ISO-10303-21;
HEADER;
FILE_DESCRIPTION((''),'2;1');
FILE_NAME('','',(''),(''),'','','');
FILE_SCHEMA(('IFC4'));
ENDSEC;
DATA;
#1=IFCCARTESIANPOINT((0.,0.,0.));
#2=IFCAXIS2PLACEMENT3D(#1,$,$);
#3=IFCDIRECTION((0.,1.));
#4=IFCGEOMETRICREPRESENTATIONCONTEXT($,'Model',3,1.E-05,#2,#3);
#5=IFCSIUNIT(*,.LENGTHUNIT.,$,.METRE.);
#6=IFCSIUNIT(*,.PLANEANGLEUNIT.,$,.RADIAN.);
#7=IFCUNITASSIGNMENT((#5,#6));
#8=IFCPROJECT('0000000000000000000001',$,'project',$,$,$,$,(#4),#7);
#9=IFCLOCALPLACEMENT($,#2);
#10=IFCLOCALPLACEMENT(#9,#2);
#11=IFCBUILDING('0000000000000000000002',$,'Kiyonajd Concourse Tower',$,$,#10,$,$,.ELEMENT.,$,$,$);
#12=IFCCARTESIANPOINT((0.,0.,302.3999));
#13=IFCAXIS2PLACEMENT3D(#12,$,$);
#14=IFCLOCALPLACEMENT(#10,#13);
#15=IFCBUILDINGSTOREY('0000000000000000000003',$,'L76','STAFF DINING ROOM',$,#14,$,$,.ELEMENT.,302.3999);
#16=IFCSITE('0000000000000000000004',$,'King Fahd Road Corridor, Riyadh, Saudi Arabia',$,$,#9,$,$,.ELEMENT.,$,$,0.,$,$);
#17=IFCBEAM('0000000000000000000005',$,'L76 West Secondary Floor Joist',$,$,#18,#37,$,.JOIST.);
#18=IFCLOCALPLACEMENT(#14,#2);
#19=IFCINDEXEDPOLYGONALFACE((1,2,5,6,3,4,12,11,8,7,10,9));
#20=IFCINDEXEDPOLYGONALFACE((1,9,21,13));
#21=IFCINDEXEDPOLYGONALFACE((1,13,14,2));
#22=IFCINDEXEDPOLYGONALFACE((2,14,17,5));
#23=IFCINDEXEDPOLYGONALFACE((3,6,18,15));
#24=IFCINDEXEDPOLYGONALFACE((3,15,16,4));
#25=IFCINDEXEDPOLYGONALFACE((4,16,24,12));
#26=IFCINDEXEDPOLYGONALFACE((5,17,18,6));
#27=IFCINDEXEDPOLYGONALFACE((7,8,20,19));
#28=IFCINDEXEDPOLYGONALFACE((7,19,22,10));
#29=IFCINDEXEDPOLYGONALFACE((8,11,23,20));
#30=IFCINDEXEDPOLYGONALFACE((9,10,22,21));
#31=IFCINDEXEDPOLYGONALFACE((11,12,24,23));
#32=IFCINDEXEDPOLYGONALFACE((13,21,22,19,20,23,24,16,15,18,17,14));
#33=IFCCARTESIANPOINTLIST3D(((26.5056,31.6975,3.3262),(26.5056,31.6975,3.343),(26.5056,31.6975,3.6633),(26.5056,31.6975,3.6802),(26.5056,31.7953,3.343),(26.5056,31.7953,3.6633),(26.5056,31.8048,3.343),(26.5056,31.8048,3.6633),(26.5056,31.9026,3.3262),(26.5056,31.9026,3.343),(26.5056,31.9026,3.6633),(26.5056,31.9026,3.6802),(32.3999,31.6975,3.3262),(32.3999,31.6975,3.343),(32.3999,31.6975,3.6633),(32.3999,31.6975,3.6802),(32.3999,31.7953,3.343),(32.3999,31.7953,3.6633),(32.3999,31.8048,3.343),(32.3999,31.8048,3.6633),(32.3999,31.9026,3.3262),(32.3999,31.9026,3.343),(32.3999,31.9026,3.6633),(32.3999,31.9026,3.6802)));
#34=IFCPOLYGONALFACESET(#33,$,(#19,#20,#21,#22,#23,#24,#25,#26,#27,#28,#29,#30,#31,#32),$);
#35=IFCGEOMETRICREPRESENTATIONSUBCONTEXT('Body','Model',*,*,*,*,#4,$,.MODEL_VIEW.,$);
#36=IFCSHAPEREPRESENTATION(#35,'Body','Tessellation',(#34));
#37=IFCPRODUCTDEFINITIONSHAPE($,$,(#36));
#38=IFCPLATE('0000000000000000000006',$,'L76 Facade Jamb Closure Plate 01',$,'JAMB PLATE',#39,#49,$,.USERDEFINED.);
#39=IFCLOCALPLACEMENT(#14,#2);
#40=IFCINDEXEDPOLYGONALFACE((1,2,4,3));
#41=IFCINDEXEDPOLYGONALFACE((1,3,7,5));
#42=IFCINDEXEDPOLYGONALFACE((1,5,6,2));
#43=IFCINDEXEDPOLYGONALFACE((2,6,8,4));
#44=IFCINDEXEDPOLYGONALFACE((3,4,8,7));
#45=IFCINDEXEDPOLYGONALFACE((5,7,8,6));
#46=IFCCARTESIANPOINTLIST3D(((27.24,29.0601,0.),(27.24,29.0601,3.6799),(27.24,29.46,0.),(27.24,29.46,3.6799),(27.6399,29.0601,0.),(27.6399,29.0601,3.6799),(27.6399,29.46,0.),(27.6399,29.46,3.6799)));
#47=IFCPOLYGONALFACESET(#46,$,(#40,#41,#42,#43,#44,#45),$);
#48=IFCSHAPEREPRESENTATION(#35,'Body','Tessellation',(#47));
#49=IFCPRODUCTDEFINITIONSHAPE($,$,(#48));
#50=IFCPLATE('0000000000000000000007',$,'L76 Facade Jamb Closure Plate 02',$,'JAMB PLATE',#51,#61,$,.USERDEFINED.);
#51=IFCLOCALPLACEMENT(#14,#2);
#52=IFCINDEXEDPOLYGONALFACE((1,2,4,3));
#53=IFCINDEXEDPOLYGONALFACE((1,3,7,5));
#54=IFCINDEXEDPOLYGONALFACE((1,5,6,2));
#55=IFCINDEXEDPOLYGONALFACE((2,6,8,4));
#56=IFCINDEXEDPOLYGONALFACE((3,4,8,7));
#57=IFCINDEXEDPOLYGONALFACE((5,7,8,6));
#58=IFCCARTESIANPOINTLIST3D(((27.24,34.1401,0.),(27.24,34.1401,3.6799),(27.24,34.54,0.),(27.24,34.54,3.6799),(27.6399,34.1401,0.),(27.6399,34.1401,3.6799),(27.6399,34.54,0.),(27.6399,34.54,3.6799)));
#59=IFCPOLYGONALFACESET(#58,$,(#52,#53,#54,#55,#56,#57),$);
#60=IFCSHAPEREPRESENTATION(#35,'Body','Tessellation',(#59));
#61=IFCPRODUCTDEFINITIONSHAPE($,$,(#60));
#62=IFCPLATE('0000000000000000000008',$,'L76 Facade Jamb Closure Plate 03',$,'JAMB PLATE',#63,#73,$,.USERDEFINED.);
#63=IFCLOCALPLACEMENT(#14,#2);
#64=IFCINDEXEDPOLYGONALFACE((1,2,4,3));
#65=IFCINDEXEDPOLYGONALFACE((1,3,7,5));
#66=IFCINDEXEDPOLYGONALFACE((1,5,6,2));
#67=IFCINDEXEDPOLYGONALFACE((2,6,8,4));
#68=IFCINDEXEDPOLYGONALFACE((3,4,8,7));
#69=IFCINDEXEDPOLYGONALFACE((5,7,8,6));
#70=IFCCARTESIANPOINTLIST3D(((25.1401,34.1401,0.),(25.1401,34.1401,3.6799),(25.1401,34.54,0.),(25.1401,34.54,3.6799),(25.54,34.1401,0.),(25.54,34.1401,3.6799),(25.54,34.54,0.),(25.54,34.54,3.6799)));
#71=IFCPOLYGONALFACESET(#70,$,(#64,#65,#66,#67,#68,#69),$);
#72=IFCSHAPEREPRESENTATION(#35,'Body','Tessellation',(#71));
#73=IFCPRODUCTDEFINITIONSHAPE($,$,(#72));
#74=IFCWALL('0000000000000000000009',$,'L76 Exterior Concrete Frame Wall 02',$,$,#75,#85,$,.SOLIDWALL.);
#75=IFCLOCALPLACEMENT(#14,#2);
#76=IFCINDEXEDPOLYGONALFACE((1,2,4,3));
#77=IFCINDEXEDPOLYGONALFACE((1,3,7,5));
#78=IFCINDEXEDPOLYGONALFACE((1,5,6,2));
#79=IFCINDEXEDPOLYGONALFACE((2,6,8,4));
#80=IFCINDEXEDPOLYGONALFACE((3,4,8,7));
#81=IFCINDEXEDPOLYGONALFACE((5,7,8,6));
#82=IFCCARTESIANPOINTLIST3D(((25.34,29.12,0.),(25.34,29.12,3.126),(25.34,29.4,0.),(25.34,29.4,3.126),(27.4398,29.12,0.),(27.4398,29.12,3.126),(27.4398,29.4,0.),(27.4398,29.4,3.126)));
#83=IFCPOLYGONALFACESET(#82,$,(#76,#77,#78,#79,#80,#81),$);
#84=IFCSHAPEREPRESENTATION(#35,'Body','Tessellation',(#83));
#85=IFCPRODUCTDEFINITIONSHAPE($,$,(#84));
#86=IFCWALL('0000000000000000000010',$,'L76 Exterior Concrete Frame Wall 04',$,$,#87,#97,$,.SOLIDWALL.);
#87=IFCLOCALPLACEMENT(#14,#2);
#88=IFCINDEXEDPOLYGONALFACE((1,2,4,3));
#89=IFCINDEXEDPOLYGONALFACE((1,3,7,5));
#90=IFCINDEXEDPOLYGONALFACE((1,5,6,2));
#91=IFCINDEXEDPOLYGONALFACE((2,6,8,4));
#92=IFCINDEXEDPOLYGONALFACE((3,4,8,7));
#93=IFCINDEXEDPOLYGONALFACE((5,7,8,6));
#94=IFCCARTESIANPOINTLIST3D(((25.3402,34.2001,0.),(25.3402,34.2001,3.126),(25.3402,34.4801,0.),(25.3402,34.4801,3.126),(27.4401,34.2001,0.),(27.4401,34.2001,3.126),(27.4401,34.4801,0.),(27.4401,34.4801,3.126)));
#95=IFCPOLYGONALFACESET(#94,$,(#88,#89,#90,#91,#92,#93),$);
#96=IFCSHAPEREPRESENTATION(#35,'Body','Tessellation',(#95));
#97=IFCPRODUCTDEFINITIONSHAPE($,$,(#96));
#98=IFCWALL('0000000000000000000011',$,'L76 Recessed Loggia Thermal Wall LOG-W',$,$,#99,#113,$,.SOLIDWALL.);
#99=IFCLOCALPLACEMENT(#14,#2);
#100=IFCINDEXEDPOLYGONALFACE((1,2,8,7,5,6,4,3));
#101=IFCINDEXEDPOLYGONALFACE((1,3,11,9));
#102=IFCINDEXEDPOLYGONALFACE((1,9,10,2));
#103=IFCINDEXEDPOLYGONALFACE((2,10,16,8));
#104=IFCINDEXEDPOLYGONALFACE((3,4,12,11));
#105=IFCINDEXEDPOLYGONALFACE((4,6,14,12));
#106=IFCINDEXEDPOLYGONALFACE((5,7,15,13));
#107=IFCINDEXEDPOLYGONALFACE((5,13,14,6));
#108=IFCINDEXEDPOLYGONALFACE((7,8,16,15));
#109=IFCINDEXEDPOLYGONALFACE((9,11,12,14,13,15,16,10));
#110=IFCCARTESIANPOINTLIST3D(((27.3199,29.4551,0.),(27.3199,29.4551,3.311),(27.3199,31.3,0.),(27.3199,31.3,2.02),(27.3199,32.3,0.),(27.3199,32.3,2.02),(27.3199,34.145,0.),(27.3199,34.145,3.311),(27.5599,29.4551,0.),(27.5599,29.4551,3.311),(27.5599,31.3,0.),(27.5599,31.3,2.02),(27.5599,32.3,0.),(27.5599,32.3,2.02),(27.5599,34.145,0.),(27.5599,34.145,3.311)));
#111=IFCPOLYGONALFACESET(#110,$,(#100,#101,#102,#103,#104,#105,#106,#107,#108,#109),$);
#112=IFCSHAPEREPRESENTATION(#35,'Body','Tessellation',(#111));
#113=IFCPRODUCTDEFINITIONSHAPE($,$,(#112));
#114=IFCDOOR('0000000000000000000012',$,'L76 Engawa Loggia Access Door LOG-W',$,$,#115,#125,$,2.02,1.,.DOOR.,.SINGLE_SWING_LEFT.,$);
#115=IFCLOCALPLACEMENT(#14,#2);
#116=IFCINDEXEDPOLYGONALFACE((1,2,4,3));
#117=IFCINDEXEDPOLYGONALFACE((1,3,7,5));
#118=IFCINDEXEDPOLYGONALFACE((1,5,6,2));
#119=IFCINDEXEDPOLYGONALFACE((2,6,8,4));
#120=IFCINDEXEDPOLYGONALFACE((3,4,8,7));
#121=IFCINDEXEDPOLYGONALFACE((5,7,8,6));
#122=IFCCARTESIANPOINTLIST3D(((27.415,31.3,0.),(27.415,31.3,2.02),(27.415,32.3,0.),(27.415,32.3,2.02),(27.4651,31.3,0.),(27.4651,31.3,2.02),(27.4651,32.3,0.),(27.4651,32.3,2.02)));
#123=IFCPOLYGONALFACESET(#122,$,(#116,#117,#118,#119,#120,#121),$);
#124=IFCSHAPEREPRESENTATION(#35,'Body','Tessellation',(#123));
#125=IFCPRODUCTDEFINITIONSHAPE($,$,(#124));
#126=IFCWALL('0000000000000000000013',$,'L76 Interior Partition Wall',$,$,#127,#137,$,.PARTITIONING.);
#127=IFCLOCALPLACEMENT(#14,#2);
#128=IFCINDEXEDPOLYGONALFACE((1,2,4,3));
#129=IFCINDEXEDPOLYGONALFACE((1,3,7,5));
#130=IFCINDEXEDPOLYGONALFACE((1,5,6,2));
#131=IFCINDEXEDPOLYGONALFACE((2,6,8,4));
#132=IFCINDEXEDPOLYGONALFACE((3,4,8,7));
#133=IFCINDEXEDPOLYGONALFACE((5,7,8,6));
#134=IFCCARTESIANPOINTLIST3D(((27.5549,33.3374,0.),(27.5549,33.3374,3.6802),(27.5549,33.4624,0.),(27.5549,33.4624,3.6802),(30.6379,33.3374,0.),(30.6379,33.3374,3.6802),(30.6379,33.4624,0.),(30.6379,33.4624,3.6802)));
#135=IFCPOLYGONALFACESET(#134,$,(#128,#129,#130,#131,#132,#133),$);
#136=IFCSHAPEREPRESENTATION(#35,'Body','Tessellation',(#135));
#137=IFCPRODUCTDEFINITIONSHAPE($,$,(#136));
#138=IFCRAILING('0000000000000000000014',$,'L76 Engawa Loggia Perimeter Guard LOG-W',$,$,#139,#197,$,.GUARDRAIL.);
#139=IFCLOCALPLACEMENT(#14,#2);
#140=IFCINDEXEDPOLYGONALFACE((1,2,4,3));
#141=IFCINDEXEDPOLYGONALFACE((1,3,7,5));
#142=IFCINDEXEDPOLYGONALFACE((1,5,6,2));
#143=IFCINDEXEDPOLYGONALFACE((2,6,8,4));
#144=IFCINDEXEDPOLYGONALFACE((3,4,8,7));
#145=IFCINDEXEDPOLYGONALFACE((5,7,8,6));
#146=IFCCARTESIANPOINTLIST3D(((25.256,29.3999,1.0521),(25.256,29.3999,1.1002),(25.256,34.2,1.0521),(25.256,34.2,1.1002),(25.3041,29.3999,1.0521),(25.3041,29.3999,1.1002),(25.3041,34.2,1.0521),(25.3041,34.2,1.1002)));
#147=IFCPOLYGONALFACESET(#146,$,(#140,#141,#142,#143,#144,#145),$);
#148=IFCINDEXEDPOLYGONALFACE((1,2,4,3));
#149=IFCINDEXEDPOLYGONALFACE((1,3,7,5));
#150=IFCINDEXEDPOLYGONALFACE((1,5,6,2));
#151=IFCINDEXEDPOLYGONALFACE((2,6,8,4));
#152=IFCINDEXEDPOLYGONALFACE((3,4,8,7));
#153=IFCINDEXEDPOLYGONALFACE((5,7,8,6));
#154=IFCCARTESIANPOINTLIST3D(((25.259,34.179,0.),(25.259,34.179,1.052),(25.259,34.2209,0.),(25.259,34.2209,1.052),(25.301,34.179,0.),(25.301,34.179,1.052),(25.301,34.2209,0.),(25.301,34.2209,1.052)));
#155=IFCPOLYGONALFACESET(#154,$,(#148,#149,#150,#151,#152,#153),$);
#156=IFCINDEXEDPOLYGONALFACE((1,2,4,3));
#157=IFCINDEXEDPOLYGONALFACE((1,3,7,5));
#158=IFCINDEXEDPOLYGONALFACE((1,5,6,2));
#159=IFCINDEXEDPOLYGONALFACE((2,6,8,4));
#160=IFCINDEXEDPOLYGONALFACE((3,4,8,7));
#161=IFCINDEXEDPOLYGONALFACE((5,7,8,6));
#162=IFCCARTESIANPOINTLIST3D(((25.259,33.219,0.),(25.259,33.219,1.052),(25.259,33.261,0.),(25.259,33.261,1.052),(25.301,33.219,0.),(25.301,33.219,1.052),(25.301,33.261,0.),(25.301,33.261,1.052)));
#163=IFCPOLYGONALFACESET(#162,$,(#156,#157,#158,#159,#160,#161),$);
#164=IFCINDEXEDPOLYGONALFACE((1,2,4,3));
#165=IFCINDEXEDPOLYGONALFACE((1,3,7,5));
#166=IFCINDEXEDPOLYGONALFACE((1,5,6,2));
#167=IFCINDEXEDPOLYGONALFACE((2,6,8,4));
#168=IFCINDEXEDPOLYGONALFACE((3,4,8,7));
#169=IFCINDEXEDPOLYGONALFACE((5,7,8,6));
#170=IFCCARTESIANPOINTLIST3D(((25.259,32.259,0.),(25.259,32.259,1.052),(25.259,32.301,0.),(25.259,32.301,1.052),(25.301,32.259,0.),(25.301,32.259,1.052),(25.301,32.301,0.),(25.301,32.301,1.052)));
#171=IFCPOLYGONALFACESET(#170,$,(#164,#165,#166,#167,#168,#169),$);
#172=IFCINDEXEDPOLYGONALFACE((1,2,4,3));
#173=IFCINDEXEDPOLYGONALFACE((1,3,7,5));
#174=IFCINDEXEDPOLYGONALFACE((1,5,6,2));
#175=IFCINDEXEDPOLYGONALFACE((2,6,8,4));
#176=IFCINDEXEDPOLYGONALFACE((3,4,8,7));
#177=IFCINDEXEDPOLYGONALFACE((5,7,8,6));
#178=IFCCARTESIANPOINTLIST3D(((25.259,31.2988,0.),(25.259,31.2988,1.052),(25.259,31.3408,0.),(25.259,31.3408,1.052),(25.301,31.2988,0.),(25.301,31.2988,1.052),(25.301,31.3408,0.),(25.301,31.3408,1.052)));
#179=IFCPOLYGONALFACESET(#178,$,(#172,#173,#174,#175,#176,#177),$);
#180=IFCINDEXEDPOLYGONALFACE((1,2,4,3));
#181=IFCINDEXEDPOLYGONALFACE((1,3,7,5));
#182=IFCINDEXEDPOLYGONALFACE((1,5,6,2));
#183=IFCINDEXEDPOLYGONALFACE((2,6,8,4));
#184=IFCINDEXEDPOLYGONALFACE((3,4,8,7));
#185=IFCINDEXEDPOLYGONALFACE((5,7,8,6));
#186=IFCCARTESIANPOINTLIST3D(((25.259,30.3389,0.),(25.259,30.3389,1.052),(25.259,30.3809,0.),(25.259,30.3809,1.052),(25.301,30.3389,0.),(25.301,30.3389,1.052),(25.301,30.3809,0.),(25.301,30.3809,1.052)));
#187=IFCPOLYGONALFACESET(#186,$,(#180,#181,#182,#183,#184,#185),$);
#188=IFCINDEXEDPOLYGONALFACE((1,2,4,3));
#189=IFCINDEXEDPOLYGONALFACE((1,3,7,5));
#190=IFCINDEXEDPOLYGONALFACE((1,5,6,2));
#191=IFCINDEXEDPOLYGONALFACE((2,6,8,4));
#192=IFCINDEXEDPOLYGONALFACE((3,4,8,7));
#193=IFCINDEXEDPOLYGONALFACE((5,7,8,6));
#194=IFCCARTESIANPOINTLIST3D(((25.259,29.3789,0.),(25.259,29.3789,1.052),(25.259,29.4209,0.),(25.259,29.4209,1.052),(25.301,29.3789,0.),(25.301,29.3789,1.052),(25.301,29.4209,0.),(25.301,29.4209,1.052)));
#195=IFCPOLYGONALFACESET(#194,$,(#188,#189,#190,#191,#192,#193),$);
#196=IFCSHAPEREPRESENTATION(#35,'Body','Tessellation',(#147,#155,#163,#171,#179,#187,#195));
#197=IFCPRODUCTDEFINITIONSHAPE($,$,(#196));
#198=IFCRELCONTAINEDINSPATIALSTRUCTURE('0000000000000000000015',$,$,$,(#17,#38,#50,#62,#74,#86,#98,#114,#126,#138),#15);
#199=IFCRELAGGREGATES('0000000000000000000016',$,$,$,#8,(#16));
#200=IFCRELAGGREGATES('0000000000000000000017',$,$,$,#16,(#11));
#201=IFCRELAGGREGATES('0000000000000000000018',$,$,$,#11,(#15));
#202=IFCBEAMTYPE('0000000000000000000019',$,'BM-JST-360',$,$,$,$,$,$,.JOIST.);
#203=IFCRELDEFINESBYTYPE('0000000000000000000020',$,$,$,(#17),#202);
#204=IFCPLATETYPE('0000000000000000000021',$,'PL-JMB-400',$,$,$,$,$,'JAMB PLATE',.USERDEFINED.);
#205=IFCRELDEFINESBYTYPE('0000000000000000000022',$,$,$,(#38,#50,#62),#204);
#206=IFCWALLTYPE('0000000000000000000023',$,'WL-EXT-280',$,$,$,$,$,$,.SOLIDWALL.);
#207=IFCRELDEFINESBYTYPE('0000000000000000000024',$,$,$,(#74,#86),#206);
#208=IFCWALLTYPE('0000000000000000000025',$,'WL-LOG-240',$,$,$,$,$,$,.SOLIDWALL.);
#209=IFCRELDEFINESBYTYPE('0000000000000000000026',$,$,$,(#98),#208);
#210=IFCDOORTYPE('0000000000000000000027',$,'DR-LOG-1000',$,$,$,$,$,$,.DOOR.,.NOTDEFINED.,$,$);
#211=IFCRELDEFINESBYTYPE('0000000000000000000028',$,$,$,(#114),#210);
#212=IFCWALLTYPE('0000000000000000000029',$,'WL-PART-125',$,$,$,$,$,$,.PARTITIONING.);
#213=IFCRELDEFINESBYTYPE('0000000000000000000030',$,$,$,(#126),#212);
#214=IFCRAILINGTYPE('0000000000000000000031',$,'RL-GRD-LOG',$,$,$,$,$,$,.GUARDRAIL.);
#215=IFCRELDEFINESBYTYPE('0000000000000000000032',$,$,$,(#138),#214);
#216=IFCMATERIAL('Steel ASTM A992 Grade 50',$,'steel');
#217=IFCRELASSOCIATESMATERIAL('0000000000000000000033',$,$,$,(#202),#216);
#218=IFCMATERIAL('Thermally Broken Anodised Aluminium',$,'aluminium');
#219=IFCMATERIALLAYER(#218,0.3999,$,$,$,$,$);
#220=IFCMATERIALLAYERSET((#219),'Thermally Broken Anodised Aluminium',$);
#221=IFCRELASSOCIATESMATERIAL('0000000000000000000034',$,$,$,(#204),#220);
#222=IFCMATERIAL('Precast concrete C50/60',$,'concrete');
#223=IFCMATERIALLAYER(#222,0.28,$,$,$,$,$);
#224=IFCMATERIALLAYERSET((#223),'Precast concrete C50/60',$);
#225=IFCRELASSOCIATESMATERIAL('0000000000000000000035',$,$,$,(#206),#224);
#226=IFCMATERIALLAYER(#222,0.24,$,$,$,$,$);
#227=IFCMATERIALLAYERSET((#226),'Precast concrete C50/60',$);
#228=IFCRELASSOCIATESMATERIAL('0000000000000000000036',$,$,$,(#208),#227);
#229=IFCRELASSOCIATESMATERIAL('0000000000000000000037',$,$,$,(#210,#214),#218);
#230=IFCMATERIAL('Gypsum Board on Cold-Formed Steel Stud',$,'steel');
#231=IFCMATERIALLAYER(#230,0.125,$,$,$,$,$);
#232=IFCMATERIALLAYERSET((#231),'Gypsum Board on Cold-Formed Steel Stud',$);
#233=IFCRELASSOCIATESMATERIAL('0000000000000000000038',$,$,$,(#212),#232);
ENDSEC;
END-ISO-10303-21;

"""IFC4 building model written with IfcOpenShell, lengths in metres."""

from ifc_helpers import new_model, si_unit, direction, frame, frame_2d, origin, origin_2d, place, context, subcontext, project, spatial, rectangle, i_section, extrude, material, layer, layer_set, material_profile, profile_set, type_object, element, fill, save


model = new_model("IFC4")

# Units and contexts
model_context = context("Model", 3, precision=1e-05, world=origin(), true_north=direction((0.0, 1.0)))
body_context = subcontext(model_context, "Body", "Model", "MODEL_VIEW")
ifc_project = project(units=[si_unit("LENGTHUNIT", "METRE"), si_unit("PLANEANGLEUNIT", "RADIAN")], contexts=[model_context])

# Site, building, storey
site_placement = place(None, origin())
site = spatial("IfcSite", under=ifc_project, at=site_placement, Name="King Fahd Road Corridor, Riyadh, Saudi Arabia", CompositionType="ELEMENT", RefElevation=0.0)
building_placement = place(site_placement, origin())
building = spatial("IfcBuilding", under=site, at=building_placement, Name="Kiyonajd Concourse Tower", CompositionType="ELEMENT")
storey_placement = place(building_placement, frame((0.0, 0.0, 302.3999)))
storey = spatial("IfcBuildingStorey", under=building, at=storey_placement, Name="L76", Description="STAFF DINING ROOM", CompositionType="ELEMENT", Elevation=302.3999)

# Beam
ifc_material_1 = material(Name="Steel ASTM A992 Grade 50", Category="steel")
ifc_material_profile = material_profile(ifc_material_1, i_section(OverallWidth=0.2051, OverallDepth=0.354, WebThickness=0.0095, FlangeThickness=0.0168, at=origin_2d()), Name="W360X79")
ifc_profile_set = profile_set([ifc_material_profile], Name="Steel ASTM A992 Grade 50")
beam_type = type_object("IfcBeamType", Name="BM-JST-360", PredefinedType="JOIST", material=ifc_profile_set)
beam_placement = place(storey_placement, frame((26.5056, 31.8, 3.5032), z_axis=(1.0, 0.0, 0.0), x_axis=(0.0, 1.0, 0.0)))
element("IfcBeam", 1, at=beam_placement, inside=storey, type_object=beam_type, Name="L76 West Secondary Floor Joist", PredefinedType="JOIST", context=body_context, shape_type="SweptSolid", body=[
    extrude(i_section(OverallWidth=0.2051, OverallDepth=0.354, WebThickness=0.0095, FlangeThickness=0.0168, at=origin_2d()), origin(), (0.0, 0.0, 1.0), 5.8943),
])

# Plates
ifc_material_2 = material(Name="Thermally Broken Anodised Aluminium", Category="aluminium")
ifc_layer_1 = layer(ifc_material_2, 0.3999)
ifc_layer_set_1 = layer_set([ifc_layer_1], Name="Thermally Broken Anodised Aluminium")
plate_type = type_object("IfcPlateType", Name="PL-JMB-400", ElementType="JAMB PLATE", PredefinedType="USERDEFINED", material=ifc_layer_set_1)
for number, where, z_axis, x_axis, name in (
    (2, (27.4399, 29.26, 0.0), (0.0, 0.0, 1.0), (1.0, 0.0, 0.0), "L76 Facade Jamb Closure Plate 01"),
    (3, (27.4399, 34.3401, 0.0), (0.0, 0.0, 1.0), (1.0, 0.0, 0.0), "L76 Facade Jamb Closure Plate 02"),
    (4, (25.3401, 34.3401, 0.0), (0.0, 0.0, 1.0), (1.0, 0.0, 0.0), "L76 Facade Jamb Closure Plate 03"),
):
    element("IfcPlate", number, at=place(storey_placement, frame(where, z_axis=z_axis, x_axis=x_axis)), inside=storey, type_object=plate_type, Name=name, ObjectType="JAMB PLATE", PredefinedType="USERDEFINED", context=body_context, shape_type="SweptSolid", body=[
        extrude(rectangle(XDim=0.3999, YDim=0.3999, at=origin_2d()), origin(), (0.0, 0.0, 1.0), 3.6799),
    ])

# Walls
ifc_material_3 = material(Name="Precast concrete C50/60", Category="concrete")
ifc_layer_2 = layer(ifc_material_3, 0.28)
ifc_layer_set_2 = layer_set([ifc_layer_2], Name="Precast concrete C50/60")
wall_type_1 = type_object("IfcWallType", Name="WL-EXT-280", PredefinedType="SOLIDWALL", material=ifc_layer_set_2)
for number, where, z_axis, x_axis, name in (
    (5, (25.3401, 29.26, 0.0), (0.0, 0.0, 1.0), (1.0, 0.0, 0.0), "L76 Exterior Concrete Frame Wall 02"),
    (6, (27.4399, 34.3401, 0.0), (0.0, 0.0, 1.0), (-1.0, 0.0, 0.0), "L76 Exterior Concrete Frame Wall 04"),
):
    element("IfcWall", number, at=place(storey_placement, frame(where, z_axis=z_axis, x_axis=x_axis)), inside=storey, type_object=wall_type_1, Name=name, PredefinedType="SOLIDWALL", context=body_context, shape_type="SweptSolid", body=[
        extrude(rectangle(XDim=2.0999, YDim=0.28, at=frame_2d((1.0498, 0.0))), origin(), (0.0, 0.0, 1.0), 3.126),
    ])

# Wall, opening, door
ifc_layer_3 = layer(ifc_material_3, 0.24)
ifc_layer_set_3 = layer_set([ifc_layer_3], Name="Precast concrete C50/60")
wall_type_2 = type_object("IfcWallType", Name="WL-LOG-240", PredefinedType="SOLIDWALL", material=ifc_layer_set_3)
wall_1_placement = place(storey_placement, frame((27.4399, 29.4551, 0.0), z_axis=(0.0, 0.0, 1.0), x_axis=(0.0, 1.0, 0.0)))
wall_1 = element("IfcWall", 7, at=wall_1_placement, inside=storey, type_object=wall_type_2, Name="L76 Recessed Loggia Thermal Wall LOG-W", PredefinedType="SOLIDWALL", context=body_context, shape_type="SweptSolid", body=[
    extrude(rectangle(XDim=4.6899, YDim=0.24, at=frame_2d((2.345, 0.0))), origin(), (0.0, 0.0, 1.0), 3.311),
])
opening_placement = place(wall_1_placement, frame((1.845, 0.0, 0.0)))
opening = element("IfcOpeningElement", 8, at=opening_placement, cuts=wall_1, PredefinedType="OPENING", context=body_context, shape_type="SweptSolid", body=[
    extrude(rectangle(XDim=1.0, YDim=2.02, at=frame_2d((0.5, 1.01))), frame((0.0, 0.1299, 0.0), z_axis=(0.0, -1.0, 0.0), x_axis=(1.0, 0.0, 0.0)), (0.0, 0.0, 1.0), 0.26),
])
door_type = type_object("IfcDoorType", Name="DR-LOG-1000", OperationType="NOTDEFINED", PredefinedType="DOOR", material=ifc_material_2)
door_placement = place(opening_placement, origin())
door = element("IfcDoor", 9, at=door_placement, inside=storey, type_object=door_type, Name="L76 Engawa Loggia Access Door LOG-W", OperationType="SINGLE_SWING_LEFT", OverallHeight=2.02, OverallWidth=1.0, PredefinedType="DOOR", context=body_context, shape_type="SweptSolid", body=[
    extrude(rectangle(XDim=1.0, YDim=2.02, at=frame_2d((0.5, 1.01))), frame((0.0, 0.0249, 0.0), z_axis=(0.0, -1.0, 0.0), x_axis=(1.0, 0.0, 0.0)), (0.0, 0.0, 1.0), 0.05),
])
fill(opening, door)

# Wall
ifc_material_4 = material(Name="Gypsum Board on Cold-Formed Steel Stud", Category="steel")
ifc_layer_4 = layer(ifc_material_4, 0.125)
ifc_layer_set_4 = layer_set([ifc_layer_4], Name="Gypsum Board on Cold-Formed Steel Stud")
wall_type_3 = type_object("IfcWallType", Name="WL-PART-125", PredefinedType="PARTITIONING", material=ifc_layer_set_4)
wall_2_placement = place(storey_placement, frame((27.5549, 33.3999, 0.0), z_axis=(0.0, 0.0, 1.0), x_axis=(1.0, 0.0, 0.0)))
element("IfcWall", 10, at=wall_2_placement, inside=storey, type_object=wall_type_3, Name="L76 Interior Partition Wall", PredefinedType="PARTITIONING", context=body_context, shape_type="SweptSolid", body=[
    extrude(rectangle(XDim=3.083, YDim=0.125, at=frame_2d((1.5415, 0.0))), origin(), (0.0, 0.0, 1.0), 3.6802),
])

# Railing
railing_type = type_object("IfcRailingType", Name="RL-GRD-LOG", PredefinedType="GUARDRAIL", material=ifc_material_2)
railing_placement = place(storey_placement, frame((25.28, 34.2, 0.0)))
element("IfcRailing", 11, at=railing_placement, inside=storey, type_object=railing_type, Name="L76 Engawa Loggia Perimeter Guard LOG-W", PredefinedType="GUARDRAIL", context=body_context, shape_type="SweptSolid", body=[
    extrude(rectangle(XDim=0.0481, YDim=0.0481, at=origin_2d()), frame((0.0, 0.0, 1.0762), z_axis=(0.0, -1.0, 0.0), x_axis=(1.0, 0.0, 0.0)), (0.0, 0.0, 1.0), 4.8),
    extrude(rectangle(XDim=0.042, YDim=0.042, at=origin_2d()), origin(), (0.0, 0.0, 1.0), 1.052),
    extrude(rectangle(XDim=0.042, YDim=0.042, at=origin_2d()), frame((0.0, -0.96, 0.0)), (0.0, 0.0, 1.0), 1.052),
    extrude(rectangle(XDim=0.042, YDim=0.042, at=origin_2d()), frame((0.0, -1.9199, 0.0)), (0.0, 0.0, 1.0), 1.052),
    extrude(rectangle(XDim=0.042, YDim=0.042, at=origin_2d()), frame((0.0, -2.8801, 0.0)), (0.0, 0.0, 1.0), 1.052),
    extrude(rectangle(XDim=0.042, YDim=0.042, at=origin_2d()), frame((0.0, -3.8401, 0.0)), (0.0, 0.0, 1.0), 1.052),
    extrude(rectangle(XDim=0.042, YDim=0.042, at=origin_2d()), frame((0.0, -4.8, 0.0)), (0.0, 0.0, 1.0), 1.052),
])

save(model, "model.ifc")
